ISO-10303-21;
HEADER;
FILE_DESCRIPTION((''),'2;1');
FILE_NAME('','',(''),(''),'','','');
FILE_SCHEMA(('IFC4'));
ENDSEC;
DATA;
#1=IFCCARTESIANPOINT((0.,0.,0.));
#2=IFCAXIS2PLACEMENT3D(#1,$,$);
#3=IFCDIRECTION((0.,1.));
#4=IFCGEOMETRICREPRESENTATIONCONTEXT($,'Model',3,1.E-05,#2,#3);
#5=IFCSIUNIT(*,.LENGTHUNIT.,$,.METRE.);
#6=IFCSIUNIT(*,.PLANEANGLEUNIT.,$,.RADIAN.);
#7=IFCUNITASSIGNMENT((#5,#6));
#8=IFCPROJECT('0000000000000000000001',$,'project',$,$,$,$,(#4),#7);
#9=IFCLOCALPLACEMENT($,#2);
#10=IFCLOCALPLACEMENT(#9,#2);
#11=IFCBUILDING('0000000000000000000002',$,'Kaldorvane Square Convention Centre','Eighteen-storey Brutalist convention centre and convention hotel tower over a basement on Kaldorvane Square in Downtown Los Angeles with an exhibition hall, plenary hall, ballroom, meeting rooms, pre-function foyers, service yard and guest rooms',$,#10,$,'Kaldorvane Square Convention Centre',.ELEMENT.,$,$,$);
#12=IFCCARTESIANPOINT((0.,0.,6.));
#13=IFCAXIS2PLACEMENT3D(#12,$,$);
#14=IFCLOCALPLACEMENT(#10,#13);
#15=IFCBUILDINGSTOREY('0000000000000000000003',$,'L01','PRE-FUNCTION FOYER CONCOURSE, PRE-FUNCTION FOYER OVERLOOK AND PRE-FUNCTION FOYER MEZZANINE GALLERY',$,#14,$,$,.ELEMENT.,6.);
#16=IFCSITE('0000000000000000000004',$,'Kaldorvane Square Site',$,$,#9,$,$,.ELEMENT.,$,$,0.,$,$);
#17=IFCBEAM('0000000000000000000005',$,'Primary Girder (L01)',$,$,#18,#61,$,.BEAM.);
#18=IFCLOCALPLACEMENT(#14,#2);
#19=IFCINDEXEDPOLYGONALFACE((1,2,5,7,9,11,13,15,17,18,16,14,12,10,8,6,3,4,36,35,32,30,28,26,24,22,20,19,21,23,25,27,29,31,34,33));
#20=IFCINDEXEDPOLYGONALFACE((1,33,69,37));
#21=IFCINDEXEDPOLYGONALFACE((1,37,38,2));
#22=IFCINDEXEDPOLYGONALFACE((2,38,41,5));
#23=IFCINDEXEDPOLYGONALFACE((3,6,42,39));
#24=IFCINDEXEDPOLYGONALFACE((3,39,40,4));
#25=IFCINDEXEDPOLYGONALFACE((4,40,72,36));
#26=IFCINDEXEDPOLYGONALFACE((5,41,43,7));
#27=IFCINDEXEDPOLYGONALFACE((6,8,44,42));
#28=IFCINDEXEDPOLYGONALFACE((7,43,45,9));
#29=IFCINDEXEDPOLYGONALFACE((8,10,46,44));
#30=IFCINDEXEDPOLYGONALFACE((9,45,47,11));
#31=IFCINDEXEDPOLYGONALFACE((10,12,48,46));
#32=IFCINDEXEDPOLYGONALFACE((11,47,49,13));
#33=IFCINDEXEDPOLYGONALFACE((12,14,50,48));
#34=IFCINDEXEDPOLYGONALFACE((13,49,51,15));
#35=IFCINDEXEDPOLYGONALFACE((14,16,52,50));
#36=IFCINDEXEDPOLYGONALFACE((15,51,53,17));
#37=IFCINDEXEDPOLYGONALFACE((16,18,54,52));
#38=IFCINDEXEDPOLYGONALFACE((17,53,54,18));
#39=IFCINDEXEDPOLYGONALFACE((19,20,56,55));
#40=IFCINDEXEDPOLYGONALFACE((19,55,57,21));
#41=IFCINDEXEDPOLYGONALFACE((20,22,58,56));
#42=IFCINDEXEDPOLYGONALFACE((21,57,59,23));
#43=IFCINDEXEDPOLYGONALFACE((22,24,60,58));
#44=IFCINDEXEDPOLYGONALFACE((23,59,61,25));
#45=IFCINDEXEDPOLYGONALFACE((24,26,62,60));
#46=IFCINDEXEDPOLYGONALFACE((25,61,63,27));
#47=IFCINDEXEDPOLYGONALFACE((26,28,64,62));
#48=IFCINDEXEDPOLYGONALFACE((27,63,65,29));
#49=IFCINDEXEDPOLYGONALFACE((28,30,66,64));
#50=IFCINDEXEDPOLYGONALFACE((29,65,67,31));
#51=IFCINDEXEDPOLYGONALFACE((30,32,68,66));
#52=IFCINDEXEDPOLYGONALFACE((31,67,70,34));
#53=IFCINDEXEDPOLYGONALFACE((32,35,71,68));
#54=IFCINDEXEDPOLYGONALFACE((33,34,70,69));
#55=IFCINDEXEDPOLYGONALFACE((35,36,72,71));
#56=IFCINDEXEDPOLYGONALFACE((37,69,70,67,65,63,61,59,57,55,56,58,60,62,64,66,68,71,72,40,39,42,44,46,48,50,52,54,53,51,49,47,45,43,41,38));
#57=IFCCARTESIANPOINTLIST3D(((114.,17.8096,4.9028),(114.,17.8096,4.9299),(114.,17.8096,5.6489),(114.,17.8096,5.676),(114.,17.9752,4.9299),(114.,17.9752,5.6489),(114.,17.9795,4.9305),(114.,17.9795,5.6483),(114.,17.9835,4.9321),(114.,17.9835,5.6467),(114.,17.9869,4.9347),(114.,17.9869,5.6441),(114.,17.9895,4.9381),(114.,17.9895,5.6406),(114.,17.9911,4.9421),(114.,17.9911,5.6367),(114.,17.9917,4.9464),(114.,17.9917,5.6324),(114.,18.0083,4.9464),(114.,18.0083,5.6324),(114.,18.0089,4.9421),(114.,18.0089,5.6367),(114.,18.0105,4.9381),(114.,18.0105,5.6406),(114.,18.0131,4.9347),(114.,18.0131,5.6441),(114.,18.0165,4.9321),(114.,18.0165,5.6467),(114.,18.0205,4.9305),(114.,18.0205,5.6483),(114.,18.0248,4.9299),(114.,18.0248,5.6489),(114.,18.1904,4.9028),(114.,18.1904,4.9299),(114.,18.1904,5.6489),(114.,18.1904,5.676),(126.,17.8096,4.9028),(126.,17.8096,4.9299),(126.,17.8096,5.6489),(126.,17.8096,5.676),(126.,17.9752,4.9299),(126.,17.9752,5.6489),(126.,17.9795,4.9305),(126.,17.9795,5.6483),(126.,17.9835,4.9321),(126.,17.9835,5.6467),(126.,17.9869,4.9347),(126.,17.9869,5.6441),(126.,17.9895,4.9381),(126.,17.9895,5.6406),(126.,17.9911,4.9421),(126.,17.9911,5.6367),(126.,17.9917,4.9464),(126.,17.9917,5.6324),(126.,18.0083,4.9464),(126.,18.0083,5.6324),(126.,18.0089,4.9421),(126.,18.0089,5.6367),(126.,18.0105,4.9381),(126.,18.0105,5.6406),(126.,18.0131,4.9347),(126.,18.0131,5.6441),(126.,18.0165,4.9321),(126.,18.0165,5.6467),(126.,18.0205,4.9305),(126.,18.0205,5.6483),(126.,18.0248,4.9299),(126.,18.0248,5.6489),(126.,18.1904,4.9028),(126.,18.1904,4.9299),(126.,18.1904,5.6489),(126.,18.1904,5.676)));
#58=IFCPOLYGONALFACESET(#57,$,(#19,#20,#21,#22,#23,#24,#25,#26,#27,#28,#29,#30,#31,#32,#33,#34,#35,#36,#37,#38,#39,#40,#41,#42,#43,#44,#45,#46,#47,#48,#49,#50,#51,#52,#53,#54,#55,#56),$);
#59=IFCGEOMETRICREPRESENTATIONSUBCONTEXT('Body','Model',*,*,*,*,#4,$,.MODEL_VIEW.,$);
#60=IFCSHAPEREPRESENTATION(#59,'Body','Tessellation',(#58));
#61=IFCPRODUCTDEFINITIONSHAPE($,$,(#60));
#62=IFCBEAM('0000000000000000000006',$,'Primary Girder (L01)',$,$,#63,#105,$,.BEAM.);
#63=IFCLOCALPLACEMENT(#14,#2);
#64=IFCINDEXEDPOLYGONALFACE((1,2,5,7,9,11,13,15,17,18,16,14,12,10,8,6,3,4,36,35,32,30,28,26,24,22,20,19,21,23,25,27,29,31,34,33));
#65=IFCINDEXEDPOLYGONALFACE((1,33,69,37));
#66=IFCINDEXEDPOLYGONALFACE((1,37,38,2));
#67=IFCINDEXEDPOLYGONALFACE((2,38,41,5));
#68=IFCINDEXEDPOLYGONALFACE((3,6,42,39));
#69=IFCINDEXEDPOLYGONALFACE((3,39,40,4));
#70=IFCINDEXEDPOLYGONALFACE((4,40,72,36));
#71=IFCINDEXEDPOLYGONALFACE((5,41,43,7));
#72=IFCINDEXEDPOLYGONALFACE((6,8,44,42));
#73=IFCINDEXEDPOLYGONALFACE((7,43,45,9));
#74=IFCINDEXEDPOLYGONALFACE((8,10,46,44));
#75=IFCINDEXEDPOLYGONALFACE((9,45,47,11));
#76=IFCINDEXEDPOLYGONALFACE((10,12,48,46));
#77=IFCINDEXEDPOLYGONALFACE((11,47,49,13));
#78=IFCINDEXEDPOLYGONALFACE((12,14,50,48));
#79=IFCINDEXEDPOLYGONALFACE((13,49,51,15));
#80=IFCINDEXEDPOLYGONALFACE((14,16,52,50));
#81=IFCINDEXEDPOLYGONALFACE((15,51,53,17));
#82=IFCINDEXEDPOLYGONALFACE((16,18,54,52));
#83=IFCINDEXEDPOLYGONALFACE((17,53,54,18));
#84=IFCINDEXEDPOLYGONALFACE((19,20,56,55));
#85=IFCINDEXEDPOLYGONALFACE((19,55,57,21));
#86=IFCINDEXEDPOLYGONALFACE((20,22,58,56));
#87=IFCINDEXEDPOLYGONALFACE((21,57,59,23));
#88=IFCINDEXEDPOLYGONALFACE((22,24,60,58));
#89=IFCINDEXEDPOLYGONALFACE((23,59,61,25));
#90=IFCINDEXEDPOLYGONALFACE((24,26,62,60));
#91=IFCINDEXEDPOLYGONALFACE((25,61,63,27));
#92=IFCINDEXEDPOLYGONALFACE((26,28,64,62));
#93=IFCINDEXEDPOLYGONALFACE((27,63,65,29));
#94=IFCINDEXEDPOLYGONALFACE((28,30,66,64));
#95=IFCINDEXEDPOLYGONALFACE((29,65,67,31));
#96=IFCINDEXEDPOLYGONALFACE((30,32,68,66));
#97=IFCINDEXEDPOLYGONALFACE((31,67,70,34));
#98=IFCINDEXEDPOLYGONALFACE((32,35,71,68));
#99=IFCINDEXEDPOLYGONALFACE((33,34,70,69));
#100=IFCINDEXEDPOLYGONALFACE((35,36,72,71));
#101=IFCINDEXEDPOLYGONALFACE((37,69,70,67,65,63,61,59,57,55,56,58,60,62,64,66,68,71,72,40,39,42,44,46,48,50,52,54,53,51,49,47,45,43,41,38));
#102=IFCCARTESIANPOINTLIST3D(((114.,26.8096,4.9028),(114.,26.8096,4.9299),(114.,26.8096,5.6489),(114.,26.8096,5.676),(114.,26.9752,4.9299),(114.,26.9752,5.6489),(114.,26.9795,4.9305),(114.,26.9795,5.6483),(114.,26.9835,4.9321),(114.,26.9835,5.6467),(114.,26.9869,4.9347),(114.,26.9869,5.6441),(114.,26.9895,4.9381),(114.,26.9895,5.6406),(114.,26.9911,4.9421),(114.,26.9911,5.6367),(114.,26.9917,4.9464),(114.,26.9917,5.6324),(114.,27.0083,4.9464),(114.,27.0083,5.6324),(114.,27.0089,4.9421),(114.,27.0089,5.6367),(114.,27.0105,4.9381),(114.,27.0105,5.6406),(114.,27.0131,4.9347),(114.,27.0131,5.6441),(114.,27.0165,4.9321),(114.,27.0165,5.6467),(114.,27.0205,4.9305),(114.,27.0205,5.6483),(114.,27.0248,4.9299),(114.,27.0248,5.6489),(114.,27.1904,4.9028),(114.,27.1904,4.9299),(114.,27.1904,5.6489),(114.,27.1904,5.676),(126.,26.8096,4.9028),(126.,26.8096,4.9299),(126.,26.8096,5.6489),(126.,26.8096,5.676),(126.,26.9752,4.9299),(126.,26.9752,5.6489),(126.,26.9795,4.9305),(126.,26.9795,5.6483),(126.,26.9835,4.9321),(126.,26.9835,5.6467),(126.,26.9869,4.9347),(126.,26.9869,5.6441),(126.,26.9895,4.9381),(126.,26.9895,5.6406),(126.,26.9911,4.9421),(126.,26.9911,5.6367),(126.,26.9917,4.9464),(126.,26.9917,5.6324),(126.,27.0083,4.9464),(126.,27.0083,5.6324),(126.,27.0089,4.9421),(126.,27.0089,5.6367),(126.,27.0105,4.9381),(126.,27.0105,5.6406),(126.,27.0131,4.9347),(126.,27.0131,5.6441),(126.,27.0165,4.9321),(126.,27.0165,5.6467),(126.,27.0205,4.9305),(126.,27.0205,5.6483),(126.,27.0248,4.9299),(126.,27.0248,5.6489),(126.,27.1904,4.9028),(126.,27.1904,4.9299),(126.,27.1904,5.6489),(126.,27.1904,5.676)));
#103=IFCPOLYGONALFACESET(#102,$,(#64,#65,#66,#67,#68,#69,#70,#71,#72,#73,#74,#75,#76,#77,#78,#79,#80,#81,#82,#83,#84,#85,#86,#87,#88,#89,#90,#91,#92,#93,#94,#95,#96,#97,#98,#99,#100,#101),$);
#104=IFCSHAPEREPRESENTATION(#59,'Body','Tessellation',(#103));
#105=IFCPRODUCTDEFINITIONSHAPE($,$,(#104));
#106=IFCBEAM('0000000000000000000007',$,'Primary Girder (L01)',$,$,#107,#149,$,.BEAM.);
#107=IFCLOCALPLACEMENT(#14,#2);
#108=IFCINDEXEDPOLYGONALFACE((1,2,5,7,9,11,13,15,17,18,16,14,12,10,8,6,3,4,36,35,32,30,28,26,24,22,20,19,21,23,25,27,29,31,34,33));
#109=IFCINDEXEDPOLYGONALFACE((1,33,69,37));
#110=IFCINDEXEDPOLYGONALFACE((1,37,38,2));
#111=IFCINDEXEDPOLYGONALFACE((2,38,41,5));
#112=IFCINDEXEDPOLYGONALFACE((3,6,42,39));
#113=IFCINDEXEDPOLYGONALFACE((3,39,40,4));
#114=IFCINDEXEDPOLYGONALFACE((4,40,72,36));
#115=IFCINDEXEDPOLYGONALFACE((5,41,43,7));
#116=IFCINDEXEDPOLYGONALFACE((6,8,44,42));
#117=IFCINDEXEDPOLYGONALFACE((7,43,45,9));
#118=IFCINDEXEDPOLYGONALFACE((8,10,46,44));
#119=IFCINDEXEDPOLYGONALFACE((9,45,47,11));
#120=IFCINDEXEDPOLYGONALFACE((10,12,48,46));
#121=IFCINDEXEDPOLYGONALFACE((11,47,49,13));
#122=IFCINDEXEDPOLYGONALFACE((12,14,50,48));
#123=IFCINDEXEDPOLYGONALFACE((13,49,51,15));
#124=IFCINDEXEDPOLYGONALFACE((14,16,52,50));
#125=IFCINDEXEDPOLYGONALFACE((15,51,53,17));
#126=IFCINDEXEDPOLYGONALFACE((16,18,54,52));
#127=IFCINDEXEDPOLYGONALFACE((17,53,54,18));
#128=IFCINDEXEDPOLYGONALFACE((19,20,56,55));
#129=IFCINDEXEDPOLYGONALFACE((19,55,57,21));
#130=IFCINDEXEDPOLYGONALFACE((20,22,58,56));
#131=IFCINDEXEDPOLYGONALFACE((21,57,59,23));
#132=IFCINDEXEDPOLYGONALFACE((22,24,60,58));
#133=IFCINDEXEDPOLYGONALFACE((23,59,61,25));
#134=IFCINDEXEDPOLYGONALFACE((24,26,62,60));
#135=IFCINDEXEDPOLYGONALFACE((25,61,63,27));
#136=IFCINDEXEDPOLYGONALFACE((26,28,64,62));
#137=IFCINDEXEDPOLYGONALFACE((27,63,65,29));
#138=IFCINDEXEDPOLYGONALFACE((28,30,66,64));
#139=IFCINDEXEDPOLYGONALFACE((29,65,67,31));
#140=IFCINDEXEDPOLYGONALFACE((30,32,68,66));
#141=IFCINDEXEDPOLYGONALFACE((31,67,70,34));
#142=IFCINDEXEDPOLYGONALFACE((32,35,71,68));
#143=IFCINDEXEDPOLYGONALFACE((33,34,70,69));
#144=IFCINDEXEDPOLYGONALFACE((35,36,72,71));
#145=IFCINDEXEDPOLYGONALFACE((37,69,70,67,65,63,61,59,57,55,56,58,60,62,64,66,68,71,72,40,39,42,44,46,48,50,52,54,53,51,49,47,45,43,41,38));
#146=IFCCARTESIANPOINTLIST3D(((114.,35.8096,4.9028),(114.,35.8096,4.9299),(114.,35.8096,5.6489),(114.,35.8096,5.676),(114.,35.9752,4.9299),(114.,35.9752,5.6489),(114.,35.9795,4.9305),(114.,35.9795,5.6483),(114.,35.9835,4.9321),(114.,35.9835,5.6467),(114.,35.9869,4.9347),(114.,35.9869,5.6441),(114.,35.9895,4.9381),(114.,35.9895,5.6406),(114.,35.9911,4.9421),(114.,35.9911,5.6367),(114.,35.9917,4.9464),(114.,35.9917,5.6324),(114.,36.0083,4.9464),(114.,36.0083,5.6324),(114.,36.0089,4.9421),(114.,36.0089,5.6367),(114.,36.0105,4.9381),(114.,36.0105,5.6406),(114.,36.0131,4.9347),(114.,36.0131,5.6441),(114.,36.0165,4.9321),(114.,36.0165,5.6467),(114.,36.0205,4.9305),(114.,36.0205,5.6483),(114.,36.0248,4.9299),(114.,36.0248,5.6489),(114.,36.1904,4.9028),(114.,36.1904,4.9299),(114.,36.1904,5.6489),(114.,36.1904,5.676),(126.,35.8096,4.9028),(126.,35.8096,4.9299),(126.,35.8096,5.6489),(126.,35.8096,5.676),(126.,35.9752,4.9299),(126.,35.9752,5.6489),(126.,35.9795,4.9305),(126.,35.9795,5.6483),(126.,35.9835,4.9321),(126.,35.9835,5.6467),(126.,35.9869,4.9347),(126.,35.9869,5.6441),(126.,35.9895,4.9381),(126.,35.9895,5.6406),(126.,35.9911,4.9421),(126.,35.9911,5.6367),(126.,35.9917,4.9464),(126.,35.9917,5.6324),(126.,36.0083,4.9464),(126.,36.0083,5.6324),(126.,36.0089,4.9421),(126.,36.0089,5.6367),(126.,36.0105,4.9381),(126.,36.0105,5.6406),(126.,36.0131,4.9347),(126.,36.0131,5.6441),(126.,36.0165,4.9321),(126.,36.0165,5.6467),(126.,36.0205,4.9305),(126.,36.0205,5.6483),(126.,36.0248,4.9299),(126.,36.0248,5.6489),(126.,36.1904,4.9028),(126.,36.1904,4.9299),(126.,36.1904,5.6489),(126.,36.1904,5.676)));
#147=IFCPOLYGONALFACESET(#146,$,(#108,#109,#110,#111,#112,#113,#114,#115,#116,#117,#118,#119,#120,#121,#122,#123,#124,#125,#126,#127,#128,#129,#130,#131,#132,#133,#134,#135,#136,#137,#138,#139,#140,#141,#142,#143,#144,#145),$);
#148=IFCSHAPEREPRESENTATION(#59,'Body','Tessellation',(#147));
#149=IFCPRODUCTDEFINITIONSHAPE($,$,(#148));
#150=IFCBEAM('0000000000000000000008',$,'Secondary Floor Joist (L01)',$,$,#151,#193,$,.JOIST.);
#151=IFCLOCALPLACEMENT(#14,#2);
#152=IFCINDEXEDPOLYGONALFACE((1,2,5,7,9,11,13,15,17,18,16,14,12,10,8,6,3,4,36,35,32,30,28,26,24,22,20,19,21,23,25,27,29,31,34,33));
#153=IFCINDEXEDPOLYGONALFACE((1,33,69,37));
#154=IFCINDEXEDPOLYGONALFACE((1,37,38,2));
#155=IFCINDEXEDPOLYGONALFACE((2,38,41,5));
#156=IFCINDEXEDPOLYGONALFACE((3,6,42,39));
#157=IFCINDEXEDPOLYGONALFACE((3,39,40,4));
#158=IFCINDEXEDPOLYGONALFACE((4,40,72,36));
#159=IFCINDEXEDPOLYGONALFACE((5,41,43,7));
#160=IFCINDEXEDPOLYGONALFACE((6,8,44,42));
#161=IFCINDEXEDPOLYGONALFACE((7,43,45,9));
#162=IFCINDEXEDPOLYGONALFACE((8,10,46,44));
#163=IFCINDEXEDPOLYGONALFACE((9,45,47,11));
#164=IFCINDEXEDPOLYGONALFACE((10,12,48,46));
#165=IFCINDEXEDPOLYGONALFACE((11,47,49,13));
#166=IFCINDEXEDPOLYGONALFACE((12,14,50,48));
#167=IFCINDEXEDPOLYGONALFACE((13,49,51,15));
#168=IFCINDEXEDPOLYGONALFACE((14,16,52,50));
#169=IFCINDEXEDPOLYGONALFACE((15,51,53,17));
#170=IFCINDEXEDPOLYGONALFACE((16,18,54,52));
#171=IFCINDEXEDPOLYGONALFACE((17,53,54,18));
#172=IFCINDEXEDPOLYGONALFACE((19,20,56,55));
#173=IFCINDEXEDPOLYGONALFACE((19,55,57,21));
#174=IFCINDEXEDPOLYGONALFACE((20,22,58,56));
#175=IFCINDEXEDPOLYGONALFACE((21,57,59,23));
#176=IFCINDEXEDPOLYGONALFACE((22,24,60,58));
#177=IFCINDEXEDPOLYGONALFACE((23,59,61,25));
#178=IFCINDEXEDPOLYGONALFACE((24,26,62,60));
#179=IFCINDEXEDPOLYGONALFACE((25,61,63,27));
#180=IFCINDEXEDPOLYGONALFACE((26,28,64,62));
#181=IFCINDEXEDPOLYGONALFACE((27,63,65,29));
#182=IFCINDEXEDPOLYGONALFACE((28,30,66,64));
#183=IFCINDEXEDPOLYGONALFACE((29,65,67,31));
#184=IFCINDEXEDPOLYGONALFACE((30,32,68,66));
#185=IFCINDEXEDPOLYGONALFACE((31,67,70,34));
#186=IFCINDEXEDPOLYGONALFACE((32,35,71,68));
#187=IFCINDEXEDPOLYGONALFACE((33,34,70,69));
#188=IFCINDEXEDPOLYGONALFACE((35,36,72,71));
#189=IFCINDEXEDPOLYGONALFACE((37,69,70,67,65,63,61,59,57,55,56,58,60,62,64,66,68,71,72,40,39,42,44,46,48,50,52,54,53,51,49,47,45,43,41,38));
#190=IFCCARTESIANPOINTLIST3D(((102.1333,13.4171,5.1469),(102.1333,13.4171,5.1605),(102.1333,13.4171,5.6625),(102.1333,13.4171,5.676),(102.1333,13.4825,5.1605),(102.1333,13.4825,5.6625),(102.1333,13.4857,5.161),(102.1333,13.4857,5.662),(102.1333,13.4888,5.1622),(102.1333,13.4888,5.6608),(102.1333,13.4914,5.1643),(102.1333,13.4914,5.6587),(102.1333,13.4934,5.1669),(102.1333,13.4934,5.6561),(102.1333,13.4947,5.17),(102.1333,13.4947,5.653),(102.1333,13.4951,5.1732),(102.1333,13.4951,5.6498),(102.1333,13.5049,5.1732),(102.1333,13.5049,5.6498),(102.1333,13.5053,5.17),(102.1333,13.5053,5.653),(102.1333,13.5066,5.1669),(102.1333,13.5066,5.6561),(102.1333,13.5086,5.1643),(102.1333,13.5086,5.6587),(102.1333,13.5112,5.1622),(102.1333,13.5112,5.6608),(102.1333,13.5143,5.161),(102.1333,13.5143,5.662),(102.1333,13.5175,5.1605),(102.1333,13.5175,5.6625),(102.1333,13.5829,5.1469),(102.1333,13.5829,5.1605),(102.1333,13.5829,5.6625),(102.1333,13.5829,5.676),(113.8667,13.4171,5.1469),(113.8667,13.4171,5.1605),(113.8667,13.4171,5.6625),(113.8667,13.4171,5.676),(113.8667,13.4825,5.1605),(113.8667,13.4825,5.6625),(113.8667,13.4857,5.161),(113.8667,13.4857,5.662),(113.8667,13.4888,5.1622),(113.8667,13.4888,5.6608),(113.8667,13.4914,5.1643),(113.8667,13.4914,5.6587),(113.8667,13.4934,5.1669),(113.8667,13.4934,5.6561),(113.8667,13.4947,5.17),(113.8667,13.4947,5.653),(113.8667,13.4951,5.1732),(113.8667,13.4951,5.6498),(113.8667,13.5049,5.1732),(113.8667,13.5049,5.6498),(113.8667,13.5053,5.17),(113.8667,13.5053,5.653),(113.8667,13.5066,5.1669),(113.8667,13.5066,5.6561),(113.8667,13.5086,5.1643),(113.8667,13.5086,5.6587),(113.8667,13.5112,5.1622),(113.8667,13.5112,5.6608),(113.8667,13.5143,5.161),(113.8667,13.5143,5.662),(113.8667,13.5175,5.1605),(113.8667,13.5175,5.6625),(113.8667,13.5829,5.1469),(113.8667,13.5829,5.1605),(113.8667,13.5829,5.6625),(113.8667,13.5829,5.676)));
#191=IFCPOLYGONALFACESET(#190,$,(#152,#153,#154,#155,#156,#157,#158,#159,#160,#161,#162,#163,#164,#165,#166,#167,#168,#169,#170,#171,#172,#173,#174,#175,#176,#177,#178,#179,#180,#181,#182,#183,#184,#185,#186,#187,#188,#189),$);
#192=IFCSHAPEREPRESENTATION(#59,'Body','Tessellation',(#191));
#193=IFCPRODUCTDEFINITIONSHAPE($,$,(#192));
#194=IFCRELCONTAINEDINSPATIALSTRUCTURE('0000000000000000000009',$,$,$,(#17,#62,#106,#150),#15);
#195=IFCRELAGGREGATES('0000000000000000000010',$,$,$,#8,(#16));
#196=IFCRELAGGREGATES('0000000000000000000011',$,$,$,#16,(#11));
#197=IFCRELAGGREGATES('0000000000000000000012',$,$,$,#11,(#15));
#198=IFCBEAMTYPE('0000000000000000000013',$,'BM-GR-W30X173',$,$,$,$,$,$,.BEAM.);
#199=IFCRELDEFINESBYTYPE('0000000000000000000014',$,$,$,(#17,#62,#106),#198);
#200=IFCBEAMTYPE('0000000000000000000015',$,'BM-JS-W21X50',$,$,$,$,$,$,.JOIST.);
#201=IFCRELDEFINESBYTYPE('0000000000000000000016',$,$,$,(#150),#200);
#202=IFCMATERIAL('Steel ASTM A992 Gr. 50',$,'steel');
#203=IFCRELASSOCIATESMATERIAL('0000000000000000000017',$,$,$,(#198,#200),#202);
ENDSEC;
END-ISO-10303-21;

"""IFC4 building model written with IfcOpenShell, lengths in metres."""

from ifc_helpers import new_model, si_unit, direction, frame, origin, origin_2d, place, context, subcontext, project, spatial, i_section, extrude, material, material_profile, profile_set, type_object, element, save


model = new_model("IFC4")

# Units and contexts
model_context = context("Model", 3, precision=1e-05, world=origin(), true_north=direction((0.0, 1.0)))
body_context = subcontext(model_context, "Body", "Model", "MODEL_VIEW")
ifc_project = project(units=[si_unit("LENGTHUNIT", "METRE"), si_unit("PLANEANGLEUNIT", "RADIAN")], contexts=[model_context])

# Site, building, storey
site_placement = place(None, origin())
site = spatial("IfcSite", under=ifc_project, at=site_placement, Name="Kaldorvane Square Site", CompositionType="ELEMENT", RefElevation=0.0)
building_placement = place(site_placement, origin())
building = spatial("IfcBuilding", under=site, at=building_placement, Name="Kaldorvane Square Convention Centre", Description="Eighteen-storey Brutalist convention centre and convention hotel tower over a basement on Kaldorvane Square in Downtown Los Angeles with an exhibition hall, plenary hall, ballroom, meeting rooms, pre-function foyers, service yard and guest rooms", LongName="Kaldorvane Square Convention Centre", CompositionType="ELEMENT")
storey_placement = place(building_placement, frame((0.0, 0.0, 6.0)))
storey = spatial("IfcBuildingStorey", under=building, at=storey_placement, Name="L01", Description="PRE-FUNCTION FOYER CONCOURSE, PRE-FUNCTION FOYER OVERLOOK AND PRE-FUNCTION FOYER MEZZANINE GALLERY", CompositionType="ELEMENT", Elevation=6.0)

# Shared definitions
ifc_material_1 = material(Name="Steel ASTM A992 Gr. 50", Category="steel")

# Beams
ifc_material_profile_1 = material_profile(ifc_material_1, i_section(OverallWidth=0.3807, OverallDepth=0.7732, WebThickness=0.0166, FlangeThickness=0.0271, FilletRadius=0.0165, at=origin_2d()), Name="W30X173")
ifc_profile_set_1 = profile_set([ifc_material_profile_1], Name="Steel ASTM A992 Gr. 50")
beam_type_1 = type_object("IfcBeamType", Name="BM-GR-W30X173", PredefinedType="BEAM", material=ifc_profile_set_1)
for number, where, z_axis, x_axis, name in (
    (1, (114.0, 18.0, 5.2894), (1.0, 0.0, 0.0), (0.0, 1.0, 0.0), "Primary Girder (L01)"),
    (2, (114.0, 27.0, 5.2894), (1.0, 0.0, 0.0), (0.0, 1.0, 0.0), "Primary Girder (L01)"),
    (3, (114.0, 36.0, 5.2894), (1.0, 0.0, 0.0), (0.0, 1.0, 0.0), "Primary Girder (L01)"),
):
    element("IfcBeam", number, at=place(storey_placement, frame(where, z_axis=z_axis, x_axis=x_axis)), inside=storey, type_object=beam_type_1, Name=name, PredefinedType="BEAM", context=body_context, shape_type="SweptSolid", body=[
        extrude(i_section(OverallWidth=0.3807, OverallDepth=0.7732, WebThickness=0.0166, FlangeThickness=0.0271, FilletRadius=0.0165, at=origin_2d()), origin(), (0.0, 0.0, 1.0), 12.0),
    ])
ifc_material_profile_2 = material_profile(ifc_material_1, i_section(OverallWidth=0.1659, OverallDepth=0.5291, WebThickness=0.0097, FlangeThickness=0.0136, FilletRadius=0.0127, at=origin_2d()), Name="W21X50")
ifc_profile_set_2 = profile_set([ifc_material_profile_2], Name="Steel ASTM A992 Gr. 50")
beam_type_2 = type_object("IfcBeamType", Name="BM-JS-W21X50", PredefinedType="JOIST", material=ifc_profile_set_2)
for number, where, z_axis, x_axis, name in (
    (4, (102.1333, 13.5, 5.4115), (1.0, 0.0, 0.0), (0.0, 1.0, 0.0), "Secondary Floor Joist (L01)"),
):
    element("IfcBeam", number, at=place(storey_placement, frame(where, z_axis=z_axis, x_axis=x_axis)), inside=storey, type_object=beam_type_2, Name=name, PredefinedType="JOIST", context=body_context, shape_type="SweptSolid", body=[
        extrude(i_section(OverallWidth=0.1659, OverallDepth=0.5291, WebThickness=0.0097, FlangeThickness=0.0136, FilletRadius=0.0127, at=origin_2d()), origin(), (0.0, 0.0, 1.0), 11.7334),
    ])

save(model, "model.ifc")
